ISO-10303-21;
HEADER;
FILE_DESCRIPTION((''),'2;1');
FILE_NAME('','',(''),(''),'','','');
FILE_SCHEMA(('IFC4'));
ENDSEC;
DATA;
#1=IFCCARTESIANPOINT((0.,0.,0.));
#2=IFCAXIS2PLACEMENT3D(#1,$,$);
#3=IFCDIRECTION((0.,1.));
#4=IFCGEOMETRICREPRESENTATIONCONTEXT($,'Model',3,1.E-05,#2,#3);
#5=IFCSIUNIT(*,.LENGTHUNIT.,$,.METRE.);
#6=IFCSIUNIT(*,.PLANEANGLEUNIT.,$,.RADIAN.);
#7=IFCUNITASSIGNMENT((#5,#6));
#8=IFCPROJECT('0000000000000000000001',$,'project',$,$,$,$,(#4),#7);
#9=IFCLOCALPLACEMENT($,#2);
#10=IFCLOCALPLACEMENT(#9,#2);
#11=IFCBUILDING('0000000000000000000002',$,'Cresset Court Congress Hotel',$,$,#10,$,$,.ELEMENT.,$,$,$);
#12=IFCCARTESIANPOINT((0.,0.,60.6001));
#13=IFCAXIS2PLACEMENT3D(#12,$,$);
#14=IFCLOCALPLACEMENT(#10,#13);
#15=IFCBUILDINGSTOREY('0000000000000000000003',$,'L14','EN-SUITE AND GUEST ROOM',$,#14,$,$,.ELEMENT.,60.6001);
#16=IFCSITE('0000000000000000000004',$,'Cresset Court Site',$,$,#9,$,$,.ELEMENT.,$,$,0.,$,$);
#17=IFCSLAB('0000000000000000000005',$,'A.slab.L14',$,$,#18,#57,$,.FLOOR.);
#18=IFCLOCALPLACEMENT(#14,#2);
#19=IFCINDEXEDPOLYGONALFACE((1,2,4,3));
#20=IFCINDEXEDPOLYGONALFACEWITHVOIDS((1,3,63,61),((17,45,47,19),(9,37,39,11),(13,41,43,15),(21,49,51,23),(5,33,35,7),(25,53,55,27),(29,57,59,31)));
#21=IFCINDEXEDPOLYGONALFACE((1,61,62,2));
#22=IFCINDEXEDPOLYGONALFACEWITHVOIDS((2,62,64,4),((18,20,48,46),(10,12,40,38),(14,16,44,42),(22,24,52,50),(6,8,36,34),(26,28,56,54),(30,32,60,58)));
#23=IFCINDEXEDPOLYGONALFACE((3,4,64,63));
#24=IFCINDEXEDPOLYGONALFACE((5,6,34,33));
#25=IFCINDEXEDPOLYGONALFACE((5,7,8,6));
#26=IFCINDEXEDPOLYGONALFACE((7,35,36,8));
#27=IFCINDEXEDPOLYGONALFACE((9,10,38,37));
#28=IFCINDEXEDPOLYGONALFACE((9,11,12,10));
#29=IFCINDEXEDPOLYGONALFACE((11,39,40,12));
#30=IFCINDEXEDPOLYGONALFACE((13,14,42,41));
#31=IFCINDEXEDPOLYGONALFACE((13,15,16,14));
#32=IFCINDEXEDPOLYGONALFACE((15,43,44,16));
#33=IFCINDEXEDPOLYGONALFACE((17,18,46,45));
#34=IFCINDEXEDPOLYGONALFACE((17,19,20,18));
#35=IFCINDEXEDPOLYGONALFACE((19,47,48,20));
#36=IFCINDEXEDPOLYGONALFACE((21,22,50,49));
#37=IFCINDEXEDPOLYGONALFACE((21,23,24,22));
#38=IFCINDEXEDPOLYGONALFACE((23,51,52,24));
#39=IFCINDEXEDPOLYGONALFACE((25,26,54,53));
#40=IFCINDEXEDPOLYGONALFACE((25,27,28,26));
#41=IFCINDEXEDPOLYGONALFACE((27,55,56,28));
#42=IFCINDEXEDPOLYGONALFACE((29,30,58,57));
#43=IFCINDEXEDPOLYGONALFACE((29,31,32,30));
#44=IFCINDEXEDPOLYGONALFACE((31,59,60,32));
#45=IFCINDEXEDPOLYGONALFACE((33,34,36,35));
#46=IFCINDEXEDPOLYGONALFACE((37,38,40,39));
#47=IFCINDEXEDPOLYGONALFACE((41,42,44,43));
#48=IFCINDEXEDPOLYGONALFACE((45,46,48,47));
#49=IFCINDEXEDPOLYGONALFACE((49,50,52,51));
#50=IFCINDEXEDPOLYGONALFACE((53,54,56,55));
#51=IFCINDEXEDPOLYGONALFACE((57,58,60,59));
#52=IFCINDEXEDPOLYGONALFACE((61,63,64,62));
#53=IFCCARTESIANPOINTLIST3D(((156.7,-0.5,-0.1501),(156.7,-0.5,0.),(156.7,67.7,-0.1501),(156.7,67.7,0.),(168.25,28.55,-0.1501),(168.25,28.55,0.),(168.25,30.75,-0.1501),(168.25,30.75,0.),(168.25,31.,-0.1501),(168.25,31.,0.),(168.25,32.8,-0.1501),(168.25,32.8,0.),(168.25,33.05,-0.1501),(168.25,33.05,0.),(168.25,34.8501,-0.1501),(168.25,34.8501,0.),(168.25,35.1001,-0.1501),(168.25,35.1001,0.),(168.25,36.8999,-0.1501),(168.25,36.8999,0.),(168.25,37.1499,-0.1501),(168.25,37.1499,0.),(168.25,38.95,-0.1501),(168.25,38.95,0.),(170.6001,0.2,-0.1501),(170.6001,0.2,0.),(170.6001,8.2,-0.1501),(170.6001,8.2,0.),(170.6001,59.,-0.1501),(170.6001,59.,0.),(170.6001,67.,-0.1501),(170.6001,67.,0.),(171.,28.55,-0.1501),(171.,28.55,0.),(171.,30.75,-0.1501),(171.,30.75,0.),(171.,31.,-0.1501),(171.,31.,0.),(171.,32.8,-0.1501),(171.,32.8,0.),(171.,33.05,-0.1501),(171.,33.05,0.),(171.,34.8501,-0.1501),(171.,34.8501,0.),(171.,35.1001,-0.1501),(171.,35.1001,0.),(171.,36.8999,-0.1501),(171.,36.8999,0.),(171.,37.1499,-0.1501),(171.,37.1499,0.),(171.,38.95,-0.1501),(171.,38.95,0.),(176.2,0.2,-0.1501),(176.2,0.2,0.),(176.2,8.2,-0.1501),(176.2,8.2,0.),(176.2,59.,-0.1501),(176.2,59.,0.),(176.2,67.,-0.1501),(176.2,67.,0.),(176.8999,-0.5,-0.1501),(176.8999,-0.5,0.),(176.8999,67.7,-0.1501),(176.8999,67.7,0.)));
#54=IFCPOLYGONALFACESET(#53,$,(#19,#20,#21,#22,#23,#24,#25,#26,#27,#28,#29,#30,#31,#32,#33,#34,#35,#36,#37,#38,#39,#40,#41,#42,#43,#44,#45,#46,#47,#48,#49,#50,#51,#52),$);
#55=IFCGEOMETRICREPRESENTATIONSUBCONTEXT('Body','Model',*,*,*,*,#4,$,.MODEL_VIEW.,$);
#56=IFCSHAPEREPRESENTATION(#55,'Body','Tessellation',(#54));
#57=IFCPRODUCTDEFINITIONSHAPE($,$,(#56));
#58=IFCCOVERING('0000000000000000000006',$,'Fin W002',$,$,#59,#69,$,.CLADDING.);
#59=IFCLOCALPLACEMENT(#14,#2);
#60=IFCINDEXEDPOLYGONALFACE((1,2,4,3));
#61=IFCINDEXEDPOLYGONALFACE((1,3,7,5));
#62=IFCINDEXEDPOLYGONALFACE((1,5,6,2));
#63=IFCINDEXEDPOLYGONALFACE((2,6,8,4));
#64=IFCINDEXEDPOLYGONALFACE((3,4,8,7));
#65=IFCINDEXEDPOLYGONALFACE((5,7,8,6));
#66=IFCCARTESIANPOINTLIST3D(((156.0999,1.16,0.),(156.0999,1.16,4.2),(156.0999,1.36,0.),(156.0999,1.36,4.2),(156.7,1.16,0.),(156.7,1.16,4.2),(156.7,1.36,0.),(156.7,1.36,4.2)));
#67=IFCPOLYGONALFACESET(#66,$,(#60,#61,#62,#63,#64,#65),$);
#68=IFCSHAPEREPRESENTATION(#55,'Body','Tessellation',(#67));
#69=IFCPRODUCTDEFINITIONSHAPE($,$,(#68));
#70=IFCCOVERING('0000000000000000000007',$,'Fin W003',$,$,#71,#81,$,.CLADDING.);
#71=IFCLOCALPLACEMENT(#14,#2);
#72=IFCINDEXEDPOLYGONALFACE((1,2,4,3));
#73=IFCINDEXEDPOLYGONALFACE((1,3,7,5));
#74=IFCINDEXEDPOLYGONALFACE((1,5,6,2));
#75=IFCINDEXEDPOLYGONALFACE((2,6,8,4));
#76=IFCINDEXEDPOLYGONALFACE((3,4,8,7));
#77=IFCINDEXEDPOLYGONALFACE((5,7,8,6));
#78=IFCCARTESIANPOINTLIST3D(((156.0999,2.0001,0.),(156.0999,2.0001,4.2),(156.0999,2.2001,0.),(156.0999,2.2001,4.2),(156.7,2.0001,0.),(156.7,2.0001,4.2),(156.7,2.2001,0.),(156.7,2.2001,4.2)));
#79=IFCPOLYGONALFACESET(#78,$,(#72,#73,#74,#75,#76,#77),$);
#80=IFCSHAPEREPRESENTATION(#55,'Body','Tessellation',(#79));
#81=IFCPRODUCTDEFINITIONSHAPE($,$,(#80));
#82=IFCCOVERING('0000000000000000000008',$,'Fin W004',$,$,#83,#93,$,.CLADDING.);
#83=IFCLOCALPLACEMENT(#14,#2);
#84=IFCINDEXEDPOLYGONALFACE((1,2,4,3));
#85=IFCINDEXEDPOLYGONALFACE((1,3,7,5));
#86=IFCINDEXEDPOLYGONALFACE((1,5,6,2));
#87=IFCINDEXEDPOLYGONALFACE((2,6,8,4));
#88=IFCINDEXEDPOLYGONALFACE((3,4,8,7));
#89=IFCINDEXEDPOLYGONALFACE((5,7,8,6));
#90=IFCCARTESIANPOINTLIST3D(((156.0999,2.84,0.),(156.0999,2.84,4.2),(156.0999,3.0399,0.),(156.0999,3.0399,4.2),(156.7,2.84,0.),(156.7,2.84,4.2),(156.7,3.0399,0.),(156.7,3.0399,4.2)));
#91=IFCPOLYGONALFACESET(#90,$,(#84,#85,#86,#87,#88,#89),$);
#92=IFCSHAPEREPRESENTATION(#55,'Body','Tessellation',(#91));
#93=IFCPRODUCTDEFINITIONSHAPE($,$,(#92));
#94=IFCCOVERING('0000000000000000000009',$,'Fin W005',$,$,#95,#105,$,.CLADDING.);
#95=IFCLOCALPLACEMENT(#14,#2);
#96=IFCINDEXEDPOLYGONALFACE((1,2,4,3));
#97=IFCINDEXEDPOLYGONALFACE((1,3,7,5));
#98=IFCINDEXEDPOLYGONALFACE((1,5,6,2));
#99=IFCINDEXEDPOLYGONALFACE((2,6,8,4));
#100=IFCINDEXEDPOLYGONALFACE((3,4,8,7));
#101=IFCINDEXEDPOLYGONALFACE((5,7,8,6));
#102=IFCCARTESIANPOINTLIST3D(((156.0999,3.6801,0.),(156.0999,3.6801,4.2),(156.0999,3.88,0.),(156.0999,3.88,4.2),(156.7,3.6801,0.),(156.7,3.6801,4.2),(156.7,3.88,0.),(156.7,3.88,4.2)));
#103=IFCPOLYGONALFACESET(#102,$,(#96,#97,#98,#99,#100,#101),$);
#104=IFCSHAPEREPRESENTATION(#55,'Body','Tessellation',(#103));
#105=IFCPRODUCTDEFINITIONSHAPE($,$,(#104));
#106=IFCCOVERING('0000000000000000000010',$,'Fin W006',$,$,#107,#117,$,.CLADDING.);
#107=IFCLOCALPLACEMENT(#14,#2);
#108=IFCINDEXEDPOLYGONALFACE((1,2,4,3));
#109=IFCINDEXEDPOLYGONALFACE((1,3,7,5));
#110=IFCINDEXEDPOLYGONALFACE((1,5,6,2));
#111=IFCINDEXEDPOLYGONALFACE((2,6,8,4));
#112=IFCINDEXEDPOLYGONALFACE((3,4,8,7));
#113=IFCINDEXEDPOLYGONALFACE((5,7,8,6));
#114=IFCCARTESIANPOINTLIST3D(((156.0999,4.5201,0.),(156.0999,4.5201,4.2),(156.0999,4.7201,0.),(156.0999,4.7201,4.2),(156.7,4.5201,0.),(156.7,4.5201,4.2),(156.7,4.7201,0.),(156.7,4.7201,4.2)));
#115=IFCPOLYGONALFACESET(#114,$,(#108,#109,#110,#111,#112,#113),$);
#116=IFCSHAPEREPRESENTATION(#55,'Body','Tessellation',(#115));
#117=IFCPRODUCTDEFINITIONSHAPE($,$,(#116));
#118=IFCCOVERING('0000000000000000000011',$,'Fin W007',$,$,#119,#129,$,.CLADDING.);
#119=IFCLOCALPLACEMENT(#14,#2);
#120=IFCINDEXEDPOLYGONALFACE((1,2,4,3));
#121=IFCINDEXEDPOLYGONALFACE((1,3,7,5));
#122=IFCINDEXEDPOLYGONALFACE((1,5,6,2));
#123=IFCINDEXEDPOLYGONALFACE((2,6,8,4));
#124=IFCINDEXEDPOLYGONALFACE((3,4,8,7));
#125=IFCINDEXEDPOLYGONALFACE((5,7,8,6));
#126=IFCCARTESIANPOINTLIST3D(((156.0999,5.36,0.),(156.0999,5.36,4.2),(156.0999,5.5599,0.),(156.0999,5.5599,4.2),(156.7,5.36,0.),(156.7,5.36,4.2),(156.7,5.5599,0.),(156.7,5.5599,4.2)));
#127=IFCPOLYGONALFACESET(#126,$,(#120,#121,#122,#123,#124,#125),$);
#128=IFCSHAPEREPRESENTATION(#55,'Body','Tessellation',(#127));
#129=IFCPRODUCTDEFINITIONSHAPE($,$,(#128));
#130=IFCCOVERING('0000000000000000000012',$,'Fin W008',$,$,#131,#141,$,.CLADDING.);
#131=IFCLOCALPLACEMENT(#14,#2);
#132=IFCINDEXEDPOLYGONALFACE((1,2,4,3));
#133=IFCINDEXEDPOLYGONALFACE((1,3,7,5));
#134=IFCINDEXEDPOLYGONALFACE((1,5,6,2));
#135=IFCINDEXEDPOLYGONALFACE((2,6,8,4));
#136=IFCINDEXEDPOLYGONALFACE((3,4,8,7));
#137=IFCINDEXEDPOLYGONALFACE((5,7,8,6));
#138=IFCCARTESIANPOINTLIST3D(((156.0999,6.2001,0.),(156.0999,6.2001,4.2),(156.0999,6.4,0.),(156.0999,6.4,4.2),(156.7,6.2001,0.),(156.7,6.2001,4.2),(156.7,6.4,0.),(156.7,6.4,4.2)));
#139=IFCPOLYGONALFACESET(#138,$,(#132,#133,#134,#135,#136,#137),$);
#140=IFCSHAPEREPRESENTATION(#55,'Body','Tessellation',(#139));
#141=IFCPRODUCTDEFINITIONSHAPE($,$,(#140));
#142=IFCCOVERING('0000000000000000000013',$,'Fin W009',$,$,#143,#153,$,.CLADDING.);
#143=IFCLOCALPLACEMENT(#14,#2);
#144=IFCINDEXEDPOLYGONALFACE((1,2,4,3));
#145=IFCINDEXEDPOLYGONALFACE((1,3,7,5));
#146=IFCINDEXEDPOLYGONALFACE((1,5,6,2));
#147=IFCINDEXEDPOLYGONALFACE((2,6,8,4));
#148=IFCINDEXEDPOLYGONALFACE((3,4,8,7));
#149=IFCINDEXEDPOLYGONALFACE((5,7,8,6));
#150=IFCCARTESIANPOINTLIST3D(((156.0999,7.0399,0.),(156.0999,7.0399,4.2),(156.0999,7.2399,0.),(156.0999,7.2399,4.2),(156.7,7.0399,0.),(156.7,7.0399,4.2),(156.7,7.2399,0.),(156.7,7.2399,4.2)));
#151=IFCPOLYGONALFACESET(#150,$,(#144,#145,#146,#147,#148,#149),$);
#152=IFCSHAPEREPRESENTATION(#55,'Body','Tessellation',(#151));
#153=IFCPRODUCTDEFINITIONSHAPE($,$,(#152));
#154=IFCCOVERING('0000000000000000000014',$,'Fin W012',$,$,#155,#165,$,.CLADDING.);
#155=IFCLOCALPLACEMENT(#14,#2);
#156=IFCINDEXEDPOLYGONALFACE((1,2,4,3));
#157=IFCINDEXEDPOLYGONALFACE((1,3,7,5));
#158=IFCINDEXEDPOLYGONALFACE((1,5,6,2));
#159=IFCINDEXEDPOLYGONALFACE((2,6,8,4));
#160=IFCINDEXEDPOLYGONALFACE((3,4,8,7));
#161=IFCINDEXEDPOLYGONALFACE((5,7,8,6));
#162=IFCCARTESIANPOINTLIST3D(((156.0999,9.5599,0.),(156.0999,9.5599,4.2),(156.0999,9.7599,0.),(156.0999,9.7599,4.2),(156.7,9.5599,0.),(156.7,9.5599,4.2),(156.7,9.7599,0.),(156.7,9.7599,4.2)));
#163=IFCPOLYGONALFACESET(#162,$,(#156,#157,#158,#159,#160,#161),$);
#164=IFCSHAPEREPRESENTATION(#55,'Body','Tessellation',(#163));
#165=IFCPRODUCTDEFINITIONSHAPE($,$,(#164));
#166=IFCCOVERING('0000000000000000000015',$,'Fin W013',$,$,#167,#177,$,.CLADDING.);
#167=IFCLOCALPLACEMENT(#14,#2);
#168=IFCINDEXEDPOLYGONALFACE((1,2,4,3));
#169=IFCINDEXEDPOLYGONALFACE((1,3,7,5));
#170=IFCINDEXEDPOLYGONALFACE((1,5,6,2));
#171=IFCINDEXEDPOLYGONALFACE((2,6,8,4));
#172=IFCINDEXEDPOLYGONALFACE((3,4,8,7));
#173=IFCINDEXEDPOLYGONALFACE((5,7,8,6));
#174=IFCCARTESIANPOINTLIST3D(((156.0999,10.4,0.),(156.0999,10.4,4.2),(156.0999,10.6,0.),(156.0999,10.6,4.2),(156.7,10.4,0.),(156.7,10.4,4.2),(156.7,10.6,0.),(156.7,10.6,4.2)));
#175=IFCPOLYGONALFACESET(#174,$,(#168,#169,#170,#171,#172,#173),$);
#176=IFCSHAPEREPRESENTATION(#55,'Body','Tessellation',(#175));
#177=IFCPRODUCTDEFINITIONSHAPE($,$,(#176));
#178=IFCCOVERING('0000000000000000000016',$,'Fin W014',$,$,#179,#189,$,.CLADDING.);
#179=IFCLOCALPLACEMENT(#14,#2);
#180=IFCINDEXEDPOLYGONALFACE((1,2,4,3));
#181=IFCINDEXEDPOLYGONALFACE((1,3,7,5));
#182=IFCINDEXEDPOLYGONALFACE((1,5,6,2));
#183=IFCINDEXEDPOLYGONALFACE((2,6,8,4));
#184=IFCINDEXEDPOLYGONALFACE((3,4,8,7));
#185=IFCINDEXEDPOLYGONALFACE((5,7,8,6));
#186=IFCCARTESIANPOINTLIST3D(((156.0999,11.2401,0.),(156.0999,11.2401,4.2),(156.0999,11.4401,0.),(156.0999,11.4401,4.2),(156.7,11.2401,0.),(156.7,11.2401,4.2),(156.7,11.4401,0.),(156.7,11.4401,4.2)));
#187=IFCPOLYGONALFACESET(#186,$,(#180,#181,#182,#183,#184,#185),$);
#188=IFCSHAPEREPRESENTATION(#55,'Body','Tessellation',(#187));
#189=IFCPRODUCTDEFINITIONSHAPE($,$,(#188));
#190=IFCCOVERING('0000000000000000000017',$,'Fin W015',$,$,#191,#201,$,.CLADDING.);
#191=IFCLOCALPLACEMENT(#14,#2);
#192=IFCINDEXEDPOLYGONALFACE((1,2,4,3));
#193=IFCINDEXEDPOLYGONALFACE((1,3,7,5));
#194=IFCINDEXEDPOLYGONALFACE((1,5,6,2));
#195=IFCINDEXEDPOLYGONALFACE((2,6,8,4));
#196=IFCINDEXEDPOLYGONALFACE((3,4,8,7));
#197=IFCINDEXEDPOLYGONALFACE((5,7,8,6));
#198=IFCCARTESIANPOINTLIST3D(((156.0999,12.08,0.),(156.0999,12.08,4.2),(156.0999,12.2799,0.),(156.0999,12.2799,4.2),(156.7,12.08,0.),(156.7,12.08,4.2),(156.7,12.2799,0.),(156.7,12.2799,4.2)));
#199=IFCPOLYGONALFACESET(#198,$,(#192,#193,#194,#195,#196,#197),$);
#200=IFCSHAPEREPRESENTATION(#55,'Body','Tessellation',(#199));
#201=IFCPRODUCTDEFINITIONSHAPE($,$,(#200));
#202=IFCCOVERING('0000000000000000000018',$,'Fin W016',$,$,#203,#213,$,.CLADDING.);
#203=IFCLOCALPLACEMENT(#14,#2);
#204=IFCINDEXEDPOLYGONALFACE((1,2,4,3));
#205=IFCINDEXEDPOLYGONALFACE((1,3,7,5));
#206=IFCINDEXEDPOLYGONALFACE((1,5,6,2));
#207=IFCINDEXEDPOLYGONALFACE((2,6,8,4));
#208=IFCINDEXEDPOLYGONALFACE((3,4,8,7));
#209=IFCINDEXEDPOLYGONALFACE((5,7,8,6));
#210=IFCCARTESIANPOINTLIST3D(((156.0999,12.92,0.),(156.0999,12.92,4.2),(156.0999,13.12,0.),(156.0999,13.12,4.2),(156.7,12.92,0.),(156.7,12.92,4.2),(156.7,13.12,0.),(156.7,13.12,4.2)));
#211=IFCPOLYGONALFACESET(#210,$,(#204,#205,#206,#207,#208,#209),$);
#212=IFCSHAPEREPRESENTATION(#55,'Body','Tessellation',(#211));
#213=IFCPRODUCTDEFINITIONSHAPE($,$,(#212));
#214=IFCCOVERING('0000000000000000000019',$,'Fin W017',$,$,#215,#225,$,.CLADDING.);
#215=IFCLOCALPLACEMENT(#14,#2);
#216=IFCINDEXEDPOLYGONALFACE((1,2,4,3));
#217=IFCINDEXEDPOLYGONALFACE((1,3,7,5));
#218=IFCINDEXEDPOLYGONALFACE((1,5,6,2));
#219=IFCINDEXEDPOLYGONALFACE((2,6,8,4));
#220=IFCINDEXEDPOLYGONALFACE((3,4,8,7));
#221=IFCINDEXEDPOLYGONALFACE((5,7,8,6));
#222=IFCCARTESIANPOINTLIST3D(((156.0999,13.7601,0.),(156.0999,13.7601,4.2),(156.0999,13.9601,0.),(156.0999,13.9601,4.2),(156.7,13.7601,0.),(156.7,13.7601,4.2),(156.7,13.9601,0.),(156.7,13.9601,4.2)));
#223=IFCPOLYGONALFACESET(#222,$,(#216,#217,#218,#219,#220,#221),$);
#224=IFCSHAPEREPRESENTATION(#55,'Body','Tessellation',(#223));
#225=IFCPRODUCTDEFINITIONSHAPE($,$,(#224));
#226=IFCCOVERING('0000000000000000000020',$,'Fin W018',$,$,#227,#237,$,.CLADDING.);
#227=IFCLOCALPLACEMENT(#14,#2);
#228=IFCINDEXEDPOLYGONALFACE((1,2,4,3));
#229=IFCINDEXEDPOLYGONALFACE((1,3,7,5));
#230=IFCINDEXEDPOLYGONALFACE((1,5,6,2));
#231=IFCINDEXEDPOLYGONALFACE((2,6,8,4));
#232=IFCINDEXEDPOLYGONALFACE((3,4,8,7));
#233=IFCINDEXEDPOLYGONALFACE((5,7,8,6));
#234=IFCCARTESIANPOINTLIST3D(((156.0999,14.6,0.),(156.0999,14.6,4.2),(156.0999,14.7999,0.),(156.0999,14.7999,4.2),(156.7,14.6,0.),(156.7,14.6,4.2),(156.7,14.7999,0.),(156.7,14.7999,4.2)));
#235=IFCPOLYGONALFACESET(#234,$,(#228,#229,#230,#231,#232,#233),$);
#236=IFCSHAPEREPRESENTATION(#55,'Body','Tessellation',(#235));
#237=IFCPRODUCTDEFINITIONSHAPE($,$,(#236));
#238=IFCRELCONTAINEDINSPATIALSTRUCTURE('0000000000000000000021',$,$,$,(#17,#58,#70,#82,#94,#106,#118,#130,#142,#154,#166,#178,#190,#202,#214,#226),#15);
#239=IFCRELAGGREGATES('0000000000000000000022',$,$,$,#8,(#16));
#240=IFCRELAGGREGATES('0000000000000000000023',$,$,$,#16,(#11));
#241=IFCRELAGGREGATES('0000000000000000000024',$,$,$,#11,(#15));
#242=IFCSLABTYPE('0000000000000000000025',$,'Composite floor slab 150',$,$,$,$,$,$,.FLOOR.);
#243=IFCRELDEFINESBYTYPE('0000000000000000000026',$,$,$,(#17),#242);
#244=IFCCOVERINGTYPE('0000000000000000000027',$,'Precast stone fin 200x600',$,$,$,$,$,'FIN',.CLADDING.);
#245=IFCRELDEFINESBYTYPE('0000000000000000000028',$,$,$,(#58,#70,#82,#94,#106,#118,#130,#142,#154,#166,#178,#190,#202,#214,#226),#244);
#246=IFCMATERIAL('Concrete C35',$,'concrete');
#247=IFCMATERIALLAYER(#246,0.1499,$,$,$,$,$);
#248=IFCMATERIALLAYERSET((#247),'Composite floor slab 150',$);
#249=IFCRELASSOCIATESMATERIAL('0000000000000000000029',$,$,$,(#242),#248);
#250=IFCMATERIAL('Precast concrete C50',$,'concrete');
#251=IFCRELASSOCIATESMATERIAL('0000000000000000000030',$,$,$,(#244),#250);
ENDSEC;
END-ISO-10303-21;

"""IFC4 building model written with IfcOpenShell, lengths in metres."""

from ifc_helpers import new_model, si_unit, direction, frame, origin, origin_2d, place, context, subcontext, project, spatial, polyline, rectangle, outline, extrude, material, layer, layer_set, type_object, element, save


model = new_model("IFC4")

# Units and contexts
model_context = context("Model", 3, precision=1e-05, world=origin(), true_north=direction((0.0, 1.0)))
body_context = subcontext(model_context, "Body", "Model", "MODEL_VIEW")
ifc_project = project(units=[si_unit("LENGTHUNIT", "METRE"), si_unit("PLANEANGLEUNIT", "RADIAN")], contexts=[model_context])

# Site, building, storey
site_placement = place(None, origin())
site = spatial("IfcSite", under=ifc_project, at=site_placement, Name="Cresset Court Site", CompositionType="ELEMENT", RefElevation=0.0)
building_placement = place(site_placement, origin())
building = spatial("IfcBuilding", under=site, at=building_placement, Name="Cresset Court Congress Hotel", CompositionType="ELEMENT")
storey_placement = place(building_placement, frame((0.0, 0.0, 60.6001)))
storey = spatial("IfcBuildingStorey", under=building, at=storey_placement, Name="L14", Description="EN-SUITE AND GUEST ROOM", CompositionType="ELEMENT", Elevation=60.6001)

# Slab
ifc_material_1 = material(Name="Concrete C35", Category="concrete")
ifc_layer = layer(ifc_material_1, 0.1499)
ifc_layer_set = layer_set([ifc_layer], Name="Composite floor slab 150")
slab_type = type_object("IfcSlabType", Name="Composite floor slab 150", PredefinedType="FLOOR", material=ifc_layer_set)
slab_placement = place(storey_placement, frame((0.0, 0.0, -0.1501)))
element("IfcSlab", 1, at=slab_placement, inside=storey, type_object=slab_type, Name="A.slab.L14", PredefinedType="FLOOR", context=body_context, shape_type="SweptSolid", body=[
    extrude(outline(polyline([(156.7, -0.5), (176.8999, -0.5), (176.8999, 67.7), (156.7, 67.7), (156.7, -0.5)]), holes=[polyline([(170.6001, 0.2), (176.2, 0.2), (176.2, 8.2), (170.6001, 8.2), (170.6001, 0.2)]), polyline([(170.6001, 59.0), (176.2, 59.0), (176.2, 67.0), (170.6001, 67.0), (170.6001, 59.0)]), polyline([(168.25, 28.55), (171.0, 28.55), (171.0, 30.75), (168.25, 30.75), (168.25, 28.55)]), polyline([(168.25, 31.0), (171.0, 31.0), (171.0, 32.8), (168.25, 32.8), (168.25, 31.0)]), polyline([(168.25, 33.05), (171.0, 33.05), (171.0, 34.8501), (168.25, 34.8501), (168.25, 33.05)]), polyline([(168.25, 35.1001), (171.0, 35.1001), (171.0, 36.8999), (168.25, 36.8999), (168.25, 35.1001)]), polyline([(168.25, 37.1499), (171.0, 37.1499), (171.0, 38.95), (168.25, 38.95), (168.25, 37.1499)])]), origin(), (0.0, 0.0, 1.0), 0.1501),
])

# Coverings
ifc_material_2 = material(Name="Precast concrete C50", Category="concrete")
covering_type_1 = type_object("IfcCoveringType", Name="Precast stone fin 200x600", ElementType="FIN", PredefinedType="CLADDING", material=ifc_material_2)
for number, where, z_axis, x_axis, name in (
    (2, (156.3999, 1.26, 0.0), (0.0, 0.0, 1.0), (1.0, 0.0, 0.0), "Fin W002"),
    (3, (156.3999, 2.1001, 0.0), (0.0, 0.0, 1.0), (1.0, 0.0, 0.0), "Fin W003"),
    (4, (156.3999, 2.9399, 0.0), (0.0, 0.0, 1.0), (1.0, 0.0, 0.0), "Fin W004"),
    (5, (156.3999, 3.78, 0.0), (0.0, 0.0, 1.0), (1.0, 0.0, 0.0), "Fin W005"),
    (6, (156.3999, 4.6201, 0.0), (0.0, 0.0, 1.0), (1.0, 0.0, 0.0), "Fin W006"),
    (7, (156.3999, 5.46, 0.0), (0.0, 0.0, 1.0), (1.0, 0.0, 0.0), "Fin W007"),
    (8, (156.3999, 6.3, 0.0), (0.0, 0.0, 1.0), (1.0, 0.0, 0.0), "Fin W008"),
    (9, (156.3999, 7.1399, 0.0), (0.0, 0.0, 1.0), (1.0, 0.0, 0.0), "Fin W009"),
    (10, (156.3999, 9.6599, 0.0), (0.0, 0.0, 1.0), (1.0, 0.0, 0.0), "Fin W012"),
    (11, (156.3999, 10.5, 0.0), (0.0, 0.0, 1.0), (1.0, 0.0, 0.0), "Fin W013"),
    (12, (156.3999, 11.3401, 0.0), (0.0, 0.0, 1.0), (1.0, 0.0, 0.0), "Fin W014"),
    (13, (156.3999, 12.1799, 0.0), (0.0, 0.0, 1.0), (1.0, 0.0, 0.0), "Fin W015"),
    (14, (156.3999, 13.02, 0.0), (0.0, 0.0, 1.0), (1.0, 0.0, 0.0), "Fin W016"),
    (15, (156.3999, 13.8601, 0.0), (0.0, 0.0, 1.0), (1.0, 0.0, 0.0), "Fin W017"),
    (16, (156.3999, 14.7, 0.0), (0.0, 0.0, 1.0), (1.0, 0.0, 0.0), "Fin W018"),
):
    element("IfcCovering", number, at=place(storey_placement, frame(where, z_axis=z_axis, x_axis=x_axis)), inside=storey, type_object=covering_type_1, Name=name, PredefinedType="CLADDING", context=body_context, shape_type="SweptSolid", body=[
        extrude(rectangle(XDim=0.6001, YDim=0.2, at=origin_2d()), origin(), (0.0, 0.0, 1.0), 4.2),
    ])

save(model, "model.ifc")
